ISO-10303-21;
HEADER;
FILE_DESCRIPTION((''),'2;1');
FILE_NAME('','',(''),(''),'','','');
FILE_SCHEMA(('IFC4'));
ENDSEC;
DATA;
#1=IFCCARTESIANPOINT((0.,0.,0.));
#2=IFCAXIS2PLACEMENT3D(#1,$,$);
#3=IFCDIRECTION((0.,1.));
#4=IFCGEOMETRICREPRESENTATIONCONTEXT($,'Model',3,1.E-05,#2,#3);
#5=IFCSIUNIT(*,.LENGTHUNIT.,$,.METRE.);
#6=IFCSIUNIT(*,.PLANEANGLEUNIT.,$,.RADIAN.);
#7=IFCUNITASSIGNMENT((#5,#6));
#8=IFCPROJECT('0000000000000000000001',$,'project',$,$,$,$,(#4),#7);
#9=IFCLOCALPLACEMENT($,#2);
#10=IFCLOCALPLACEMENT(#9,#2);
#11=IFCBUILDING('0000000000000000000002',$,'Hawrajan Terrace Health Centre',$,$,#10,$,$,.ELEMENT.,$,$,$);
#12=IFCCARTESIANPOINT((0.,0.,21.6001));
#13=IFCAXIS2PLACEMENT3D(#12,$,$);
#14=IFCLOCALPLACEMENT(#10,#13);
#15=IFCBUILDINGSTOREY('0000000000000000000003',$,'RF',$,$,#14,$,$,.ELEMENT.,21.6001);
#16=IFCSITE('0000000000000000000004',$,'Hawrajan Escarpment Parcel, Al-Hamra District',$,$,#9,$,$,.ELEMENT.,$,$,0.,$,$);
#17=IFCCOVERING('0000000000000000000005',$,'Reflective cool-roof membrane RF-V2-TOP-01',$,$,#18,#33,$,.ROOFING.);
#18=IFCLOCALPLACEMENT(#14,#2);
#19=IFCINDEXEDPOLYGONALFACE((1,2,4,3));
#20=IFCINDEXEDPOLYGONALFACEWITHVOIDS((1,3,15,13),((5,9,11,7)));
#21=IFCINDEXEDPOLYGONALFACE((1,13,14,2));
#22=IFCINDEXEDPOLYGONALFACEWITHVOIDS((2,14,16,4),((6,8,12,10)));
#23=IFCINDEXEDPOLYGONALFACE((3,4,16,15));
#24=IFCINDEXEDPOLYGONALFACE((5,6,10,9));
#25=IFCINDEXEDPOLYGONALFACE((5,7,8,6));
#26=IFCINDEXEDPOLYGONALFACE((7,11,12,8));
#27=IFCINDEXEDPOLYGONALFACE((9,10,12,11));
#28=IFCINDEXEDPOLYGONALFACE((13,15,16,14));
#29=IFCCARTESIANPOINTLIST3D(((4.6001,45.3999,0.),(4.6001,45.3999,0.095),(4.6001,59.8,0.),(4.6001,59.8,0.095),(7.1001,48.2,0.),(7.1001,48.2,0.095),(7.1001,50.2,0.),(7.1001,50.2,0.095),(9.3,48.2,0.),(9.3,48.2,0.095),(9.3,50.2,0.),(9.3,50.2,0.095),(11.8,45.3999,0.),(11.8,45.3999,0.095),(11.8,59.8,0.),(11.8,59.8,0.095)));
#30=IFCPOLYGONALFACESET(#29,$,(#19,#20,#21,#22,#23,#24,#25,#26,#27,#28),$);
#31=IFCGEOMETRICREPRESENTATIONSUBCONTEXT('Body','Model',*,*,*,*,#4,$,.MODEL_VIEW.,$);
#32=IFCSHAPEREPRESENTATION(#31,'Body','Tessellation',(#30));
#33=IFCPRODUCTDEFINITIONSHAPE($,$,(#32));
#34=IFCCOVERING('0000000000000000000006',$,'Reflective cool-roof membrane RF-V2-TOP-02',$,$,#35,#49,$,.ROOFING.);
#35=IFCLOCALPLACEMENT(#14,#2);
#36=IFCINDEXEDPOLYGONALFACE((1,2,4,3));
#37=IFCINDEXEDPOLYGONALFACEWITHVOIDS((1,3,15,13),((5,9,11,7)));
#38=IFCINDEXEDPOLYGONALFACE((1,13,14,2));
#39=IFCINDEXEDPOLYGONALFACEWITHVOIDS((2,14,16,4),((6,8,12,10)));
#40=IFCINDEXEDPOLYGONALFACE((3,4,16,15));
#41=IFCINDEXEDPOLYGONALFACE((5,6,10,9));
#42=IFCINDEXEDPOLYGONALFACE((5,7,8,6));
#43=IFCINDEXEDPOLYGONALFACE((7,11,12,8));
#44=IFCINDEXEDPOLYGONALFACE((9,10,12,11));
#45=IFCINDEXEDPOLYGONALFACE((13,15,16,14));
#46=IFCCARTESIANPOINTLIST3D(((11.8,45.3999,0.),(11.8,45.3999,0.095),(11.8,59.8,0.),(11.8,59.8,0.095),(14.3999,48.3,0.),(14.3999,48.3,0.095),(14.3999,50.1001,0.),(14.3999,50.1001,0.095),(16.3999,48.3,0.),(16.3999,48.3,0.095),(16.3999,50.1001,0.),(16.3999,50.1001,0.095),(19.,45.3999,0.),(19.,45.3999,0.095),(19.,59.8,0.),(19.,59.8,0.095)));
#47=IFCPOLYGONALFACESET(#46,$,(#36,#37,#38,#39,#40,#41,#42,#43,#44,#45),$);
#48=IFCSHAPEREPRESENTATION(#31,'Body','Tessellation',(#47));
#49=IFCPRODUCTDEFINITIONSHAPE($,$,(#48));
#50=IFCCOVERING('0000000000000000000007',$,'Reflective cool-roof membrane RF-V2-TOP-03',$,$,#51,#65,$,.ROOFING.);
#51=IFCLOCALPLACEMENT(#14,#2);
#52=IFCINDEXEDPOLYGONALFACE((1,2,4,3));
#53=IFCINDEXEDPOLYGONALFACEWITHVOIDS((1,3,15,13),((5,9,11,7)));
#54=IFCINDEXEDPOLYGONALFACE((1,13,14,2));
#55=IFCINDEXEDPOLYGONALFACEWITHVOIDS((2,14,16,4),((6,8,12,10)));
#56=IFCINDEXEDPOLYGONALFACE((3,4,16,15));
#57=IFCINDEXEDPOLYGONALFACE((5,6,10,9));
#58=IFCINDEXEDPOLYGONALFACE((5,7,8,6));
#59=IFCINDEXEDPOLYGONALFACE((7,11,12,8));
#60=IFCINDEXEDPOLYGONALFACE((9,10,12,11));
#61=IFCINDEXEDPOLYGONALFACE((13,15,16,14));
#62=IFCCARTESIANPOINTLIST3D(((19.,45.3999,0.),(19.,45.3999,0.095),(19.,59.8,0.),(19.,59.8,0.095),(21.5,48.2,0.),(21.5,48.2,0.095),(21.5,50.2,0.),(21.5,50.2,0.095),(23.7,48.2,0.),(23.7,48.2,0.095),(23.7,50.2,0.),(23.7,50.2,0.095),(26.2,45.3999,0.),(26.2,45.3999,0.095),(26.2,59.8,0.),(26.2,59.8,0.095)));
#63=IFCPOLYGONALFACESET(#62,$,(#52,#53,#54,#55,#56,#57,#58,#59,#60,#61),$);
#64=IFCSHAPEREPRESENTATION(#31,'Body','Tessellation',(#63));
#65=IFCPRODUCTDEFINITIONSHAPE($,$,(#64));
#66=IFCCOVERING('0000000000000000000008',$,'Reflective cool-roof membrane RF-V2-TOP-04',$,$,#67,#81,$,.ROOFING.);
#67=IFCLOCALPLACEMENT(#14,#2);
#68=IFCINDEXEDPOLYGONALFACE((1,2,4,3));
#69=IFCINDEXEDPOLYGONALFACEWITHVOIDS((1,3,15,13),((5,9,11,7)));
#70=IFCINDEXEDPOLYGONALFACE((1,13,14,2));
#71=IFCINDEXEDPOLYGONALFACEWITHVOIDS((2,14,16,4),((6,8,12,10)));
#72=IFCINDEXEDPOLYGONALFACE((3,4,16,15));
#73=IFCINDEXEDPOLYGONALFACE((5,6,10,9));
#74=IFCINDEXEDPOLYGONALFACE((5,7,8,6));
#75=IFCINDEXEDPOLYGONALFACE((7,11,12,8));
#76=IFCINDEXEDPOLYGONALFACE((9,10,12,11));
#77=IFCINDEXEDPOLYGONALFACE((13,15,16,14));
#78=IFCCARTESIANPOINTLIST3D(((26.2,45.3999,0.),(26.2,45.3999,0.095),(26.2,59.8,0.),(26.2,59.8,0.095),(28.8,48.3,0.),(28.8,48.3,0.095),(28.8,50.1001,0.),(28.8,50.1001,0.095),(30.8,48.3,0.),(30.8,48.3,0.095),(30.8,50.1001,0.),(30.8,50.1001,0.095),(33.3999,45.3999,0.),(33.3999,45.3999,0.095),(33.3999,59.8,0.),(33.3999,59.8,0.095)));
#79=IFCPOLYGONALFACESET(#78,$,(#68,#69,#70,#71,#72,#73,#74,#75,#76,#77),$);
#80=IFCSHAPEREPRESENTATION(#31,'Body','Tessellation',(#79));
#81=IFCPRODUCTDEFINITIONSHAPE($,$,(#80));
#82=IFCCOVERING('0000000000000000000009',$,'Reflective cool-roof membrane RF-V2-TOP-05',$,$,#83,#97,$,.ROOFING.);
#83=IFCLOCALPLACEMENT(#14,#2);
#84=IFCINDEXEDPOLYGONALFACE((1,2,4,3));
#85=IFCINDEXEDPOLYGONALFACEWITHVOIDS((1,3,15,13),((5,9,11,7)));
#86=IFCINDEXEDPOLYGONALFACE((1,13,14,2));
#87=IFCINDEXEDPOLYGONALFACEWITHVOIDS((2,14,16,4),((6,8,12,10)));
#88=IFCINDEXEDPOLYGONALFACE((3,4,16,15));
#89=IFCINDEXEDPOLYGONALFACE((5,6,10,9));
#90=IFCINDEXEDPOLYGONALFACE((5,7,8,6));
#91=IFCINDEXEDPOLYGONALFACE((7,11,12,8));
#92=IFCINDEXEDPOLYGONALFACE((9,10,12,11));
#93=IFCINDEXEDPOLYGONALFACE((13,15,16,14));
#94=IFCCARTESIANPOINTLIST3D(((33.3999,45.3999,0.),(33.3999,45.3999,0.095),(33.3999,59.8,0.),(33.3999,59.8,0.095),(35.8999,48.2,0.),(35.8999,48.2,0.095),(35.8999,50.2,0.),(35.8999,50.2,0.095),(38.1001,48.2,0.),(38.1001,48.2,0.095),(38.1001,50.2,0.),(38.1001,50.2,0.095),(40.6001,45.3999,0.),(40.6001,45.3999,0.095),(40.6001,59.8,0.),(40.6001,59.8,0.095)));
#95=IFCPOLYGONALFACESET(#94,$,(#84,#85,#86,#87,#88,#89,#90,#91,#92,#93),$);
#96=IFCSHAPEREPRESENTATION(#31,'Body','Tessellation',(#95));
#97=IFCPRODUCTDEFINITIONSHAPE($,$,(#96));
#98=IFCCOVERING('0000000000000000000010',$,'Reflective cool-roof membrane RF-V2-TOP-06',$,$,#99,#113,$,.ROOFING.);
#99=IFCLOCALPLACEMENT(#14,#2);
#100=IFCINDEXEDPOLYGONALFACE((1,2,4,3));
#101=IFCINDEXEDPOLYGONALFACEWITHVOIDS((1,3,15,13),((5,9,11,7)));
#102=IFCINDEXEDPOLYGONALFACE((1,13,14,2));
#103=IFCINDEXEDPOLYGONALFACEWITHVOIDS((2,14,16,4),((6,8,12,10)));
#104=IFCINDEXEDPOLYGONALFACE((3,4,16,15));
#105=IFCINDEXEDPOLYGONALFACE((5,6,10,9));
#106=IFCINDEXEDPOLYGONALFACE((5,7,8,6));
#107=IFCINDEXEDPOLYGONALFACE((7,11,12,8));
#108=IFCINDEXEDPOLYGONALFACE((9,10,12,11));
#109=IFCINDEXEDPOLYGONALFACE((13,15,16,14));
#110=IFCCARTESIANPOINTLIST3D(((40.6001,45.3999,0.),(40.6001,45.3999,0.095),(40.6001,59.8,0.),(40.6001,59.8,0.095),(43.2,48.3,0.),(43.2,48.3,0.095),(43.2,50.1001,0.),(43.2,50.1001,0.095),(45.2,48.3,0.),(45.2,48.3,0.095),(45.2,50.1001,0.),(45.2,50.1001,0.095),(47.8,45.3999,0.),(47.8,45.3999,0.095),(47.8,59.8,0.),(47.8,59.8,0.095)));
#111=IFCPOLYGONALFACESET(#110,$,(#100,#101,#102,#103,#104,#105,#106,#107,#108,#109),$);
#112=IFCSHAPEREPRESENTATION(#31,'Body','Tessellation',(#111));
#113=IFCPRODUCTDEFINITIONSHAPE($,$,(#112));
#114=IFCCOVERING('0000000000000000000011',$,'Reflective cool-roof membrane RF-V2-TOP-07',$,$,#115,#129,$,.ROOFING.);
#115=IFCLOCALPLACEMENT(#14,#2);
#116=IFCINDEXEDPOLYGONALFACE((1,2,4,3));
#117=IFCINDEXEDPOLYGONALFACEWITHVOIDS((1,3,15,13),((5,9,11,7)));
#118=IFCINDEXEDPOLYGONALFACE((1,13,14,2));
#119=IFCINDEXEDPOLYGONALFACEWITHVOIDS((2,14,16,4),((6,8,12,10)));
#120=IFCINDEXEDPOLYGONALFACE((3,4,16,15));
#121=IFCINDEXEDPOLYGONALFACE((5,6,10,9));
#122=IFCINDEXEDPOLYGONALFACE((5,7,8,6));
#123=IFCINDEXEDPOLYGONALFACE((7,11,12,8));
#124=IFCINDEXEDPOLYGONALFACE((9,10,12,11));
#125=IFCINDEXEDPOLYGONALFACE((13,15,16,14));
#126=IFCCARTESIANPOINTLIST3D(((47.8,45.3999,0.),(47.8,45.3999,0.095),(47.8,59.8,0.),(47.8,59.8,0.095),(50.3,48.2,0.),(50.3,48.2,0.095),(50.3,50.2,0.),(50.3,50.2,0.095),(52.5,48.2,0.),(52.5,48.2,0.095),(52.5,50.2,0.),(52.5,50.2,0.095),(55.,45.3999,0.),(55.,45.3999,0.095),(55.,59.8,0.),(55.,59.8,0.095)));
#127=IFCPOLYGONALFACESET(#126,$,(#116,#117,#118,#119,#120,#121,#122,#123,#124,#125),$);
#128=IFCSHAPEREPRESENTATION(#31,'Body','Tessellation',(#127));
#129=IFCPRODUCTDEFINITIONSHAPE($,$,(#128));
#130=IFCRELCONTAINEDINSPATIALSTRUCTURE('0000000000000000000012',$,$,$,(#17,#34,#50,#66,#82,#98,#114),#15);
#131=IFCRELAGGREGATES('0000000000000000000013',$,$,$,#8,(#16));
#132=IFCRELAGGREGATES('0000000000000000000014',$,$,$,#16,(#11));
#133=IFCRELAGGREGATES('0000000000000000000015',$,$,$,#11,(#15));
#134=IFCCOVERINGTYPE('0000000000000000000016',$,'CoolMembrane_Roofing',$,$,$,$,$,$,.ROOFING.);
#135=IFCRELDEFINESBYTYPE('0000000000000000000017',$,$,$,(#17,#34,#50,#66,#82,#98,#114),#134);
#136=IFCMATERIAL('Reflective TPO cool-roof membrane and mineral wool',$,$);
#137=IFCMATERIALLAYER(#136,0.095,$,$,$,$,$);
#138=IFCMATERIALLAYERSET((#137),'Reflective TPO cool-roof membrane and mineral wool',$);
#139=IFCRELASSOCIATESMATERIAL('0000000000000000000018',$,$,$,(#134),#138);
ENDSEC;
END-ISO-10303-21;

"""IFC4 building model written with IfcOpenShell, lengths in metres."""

from ifc_helpers import new_model, si_unit, direction, frame, origin, place, context, subcontext, project, spatial, polyline, outline, extrude, material, layer, layer_set, type_object, element, save


model = new_model("IFC4")

# Units and contexts
model_context = context("Model", 3, precision=1e-05, world=origin(), true_north=direction((0.0, 1.0)))
body_context = subcontext(model_context, "Body", "Model", "MODEL_VIEW")
ifc_project = project(units=[si_unit("LENGTHUNIT", "METRE"), si_unit("PLANEANGLEUNIT", "RADIAN")], contexts=[model_context])

# Site, building, storey
site_placement = place(None, origin())
site = spatial("IfcSite", under=ifc_project, at=site_placement, Name="Hawrajan Escarpment Parcel, Al-Hamra District", CompositionType="ELEMENT", RefElevation=0.0)
building_placement = place(site_placement, origin())
building = spatial("IfcBuilding", under=site, at=building_placement, Name="Hawrajan Terrace Health Centre", CompositionType="ELEMENT")
storey_placement = place(building_placement, frame((0.0, 0.0, 21.6001)))
storey = spatial("IfcBuildingStorey", under=building, at=storey_placement, Name="RF", CompositionType="ELEMENT", Elevation=21.6001)

# Coverings
ifc_material_1 = material(Name="Reflective TPO cool-roof membrane and mineral wool")
ifc_layer_1 = layer(ifc_material_1, 0.095)
ifc_layer_set_1 = layer_set([ifc_layer_1], Name="Reflective TPO cool-roof membrane and mineral wool")
covering_type = type_object("IfcCoveringType", Name="CoolMembrane_Roofing", PredefinedType="ROOFING", material=ifc_layer_set_1)
covering_1_placement = place(storey_placement, origin())
element("IfcCovering", 1, at=covering_1_placement, inside=storey, type_object=covering_type, Name="Reflective cool-roof membrane RF-V2-TOP-01", PredefinedType="ROOFING", context=body_context, shape_type="SweptSolid", body=[
    extrude(outline(polyline([(4.6001, 45.3999), (11.8, 45.3999), (11.8, 59.8), (4.6001, 59.8), (4.6001, 45.3999)]), holes=[polyline([(7.1001, 48.2), (9.3, 48.2), (9.3, 50.2), (7.1001, 50.2), (7.1001, 48.2)])]), origin(), (0.0, 0.0, 1.0), 0.095),
])
covering_2_placement = place(storey_placement, origin())
element("IfcCovering", 2, at=covering_2_placement, inside=storey, type_object=covering_type, Name="Reflective cool-roof membrane RF-V2-TOP-02", PredefinedType="ROOFING", context=body_context, shape_type="SweptSolid", body=[
    extrude(outline(polyline([(11.8, 45.3999), (19.0, 45.3999), (19.0, 59.8), (11.8, 59.8), (11.8, 45.3999)]), holes=[polyline([(14.3999, 48.3), (16.3999, 48.3), (16.3999, 50.1001), (14.3999, 50.1001), (14.3999, 48.3)])]), origin(), (0.0, 0.0, 1.0), 0.095),
])
covering_3_placement = place(storey_placement, origin())
element("IfcCovering", 3, at=covering_3_placement, inside=storey, type_object=covering_type, Name="Reflective cool-roof membrane RF-V2-TOP-03", PredefinedType="ROOFING", context=body_context, shape_type="SweptSolid", body=[
    extrude(outline(polyline([(19.0, 45.3999), (26.2, 45.3999), (26.2, 59.8), (19.0, 59.8), (19.0, 45.3999)]), holes=[polyline([(21.5, 48.2), (23.7, 48.2), (23.7, 50.2), (21.5, 50.2), (21.5, 48.2)])]), origin(), (0.0, 0.0, 1.0), 0.095),
])
covering_4_placement = place(storey_placement, origin())
element("IfcCovering", 4, at=covering_4_placement, inside=storey, type_object=covering_type, Name="Reflective cool-roof membrane RF-V2-TOP-04", PredefinedType="ROOFING", context=body_context, shape_type="SweptSolid", body=[
    extrude(outline(polyline([(26.2, 45.3999), (33.3999, 45.3999), (33.3999, 59.8), (26.2, 59.8), (26.2, 45.3999)]), holes=[polyline([(28.8, 48.3), (30.8, 48.3), (30.8, 50.1001), (28.8, 50.1001), (28.8, 48.3)])]), origin(), (0.0, 0.0, 1.0), 0.095),
])
covering_5_placement = place(storey_placement, origin())
element("IfcCovering", 5, at=covering_5_placement, inside=storey, type_object=covering_type, Name="Reflective cool-roof membrane RF-V2-TOP-05", PredefinedType="ROOFING", context=body_context, shape_type="SweptSolid", body=[
    extrude(outline(polyline([(33.3999, 45.3999), (40.6001, 45.3999), (40.6001, 59.8), (33.3999, 59.8), (33.3999, 45.3999)]), holes=[polyline([(35.8999, 48.2), (38.1001, 48.2), (38.1001, 50.2), (35.8999, 50.2), (35.8999, 48.2)])]), origin(), (0.0, 0.0, 1.0), 0.095),
])
covering_6_placement = place(storey_placement, origin())
element("IfcCovering", 6, at=covering_6_placement, inside=storey, type_object=covering_type, Name="Reflective cool-roof membrane RF-V2-TOP-06", PredefinedType="ROOFING", context=body_context, shape_type="SweptSolid", body=[
    extrude(outline(polyline([(40.6001, 45.3999), (47.8, 45.3999), (47.8, 59.8), (40.6001, 59.8), (40.6001, 45.3999)]), holes=[polyline([(43.2, 48.3), (45.2, 48.3), (45.2, 50.1001), (43.2, 50.1001), (43.2, 48.3)])]), origin(), (0.0, 0.0, 1.0), 0.095),
])
covering_7_placement = place(storey_placement, origin())
element("IfcCovering", 7, at=covering_7_placement, inside=storey, type_object=covering_type, Name="Reflective cool-roof membrane RF-V2-TOP-07", PredefinedType="ROOFING", context=body_context, shape_type="SweptSolid", body=[
    extrude(outline(polyline([(47.8, 45.3999), (55.0, 45.3999), (55.0, 59.8), (47.8, 59.8), (47.8, 45.3999)]), holes=[polyline([(50.3, 48.2), (52.5, 48.2), (52.5, 50.2), (50.3, 50.2), (50.3, 48.2)])]), origin(), (0.0, 0.0, 1.0), 0.095),
])

save(model, "model.ifc")
